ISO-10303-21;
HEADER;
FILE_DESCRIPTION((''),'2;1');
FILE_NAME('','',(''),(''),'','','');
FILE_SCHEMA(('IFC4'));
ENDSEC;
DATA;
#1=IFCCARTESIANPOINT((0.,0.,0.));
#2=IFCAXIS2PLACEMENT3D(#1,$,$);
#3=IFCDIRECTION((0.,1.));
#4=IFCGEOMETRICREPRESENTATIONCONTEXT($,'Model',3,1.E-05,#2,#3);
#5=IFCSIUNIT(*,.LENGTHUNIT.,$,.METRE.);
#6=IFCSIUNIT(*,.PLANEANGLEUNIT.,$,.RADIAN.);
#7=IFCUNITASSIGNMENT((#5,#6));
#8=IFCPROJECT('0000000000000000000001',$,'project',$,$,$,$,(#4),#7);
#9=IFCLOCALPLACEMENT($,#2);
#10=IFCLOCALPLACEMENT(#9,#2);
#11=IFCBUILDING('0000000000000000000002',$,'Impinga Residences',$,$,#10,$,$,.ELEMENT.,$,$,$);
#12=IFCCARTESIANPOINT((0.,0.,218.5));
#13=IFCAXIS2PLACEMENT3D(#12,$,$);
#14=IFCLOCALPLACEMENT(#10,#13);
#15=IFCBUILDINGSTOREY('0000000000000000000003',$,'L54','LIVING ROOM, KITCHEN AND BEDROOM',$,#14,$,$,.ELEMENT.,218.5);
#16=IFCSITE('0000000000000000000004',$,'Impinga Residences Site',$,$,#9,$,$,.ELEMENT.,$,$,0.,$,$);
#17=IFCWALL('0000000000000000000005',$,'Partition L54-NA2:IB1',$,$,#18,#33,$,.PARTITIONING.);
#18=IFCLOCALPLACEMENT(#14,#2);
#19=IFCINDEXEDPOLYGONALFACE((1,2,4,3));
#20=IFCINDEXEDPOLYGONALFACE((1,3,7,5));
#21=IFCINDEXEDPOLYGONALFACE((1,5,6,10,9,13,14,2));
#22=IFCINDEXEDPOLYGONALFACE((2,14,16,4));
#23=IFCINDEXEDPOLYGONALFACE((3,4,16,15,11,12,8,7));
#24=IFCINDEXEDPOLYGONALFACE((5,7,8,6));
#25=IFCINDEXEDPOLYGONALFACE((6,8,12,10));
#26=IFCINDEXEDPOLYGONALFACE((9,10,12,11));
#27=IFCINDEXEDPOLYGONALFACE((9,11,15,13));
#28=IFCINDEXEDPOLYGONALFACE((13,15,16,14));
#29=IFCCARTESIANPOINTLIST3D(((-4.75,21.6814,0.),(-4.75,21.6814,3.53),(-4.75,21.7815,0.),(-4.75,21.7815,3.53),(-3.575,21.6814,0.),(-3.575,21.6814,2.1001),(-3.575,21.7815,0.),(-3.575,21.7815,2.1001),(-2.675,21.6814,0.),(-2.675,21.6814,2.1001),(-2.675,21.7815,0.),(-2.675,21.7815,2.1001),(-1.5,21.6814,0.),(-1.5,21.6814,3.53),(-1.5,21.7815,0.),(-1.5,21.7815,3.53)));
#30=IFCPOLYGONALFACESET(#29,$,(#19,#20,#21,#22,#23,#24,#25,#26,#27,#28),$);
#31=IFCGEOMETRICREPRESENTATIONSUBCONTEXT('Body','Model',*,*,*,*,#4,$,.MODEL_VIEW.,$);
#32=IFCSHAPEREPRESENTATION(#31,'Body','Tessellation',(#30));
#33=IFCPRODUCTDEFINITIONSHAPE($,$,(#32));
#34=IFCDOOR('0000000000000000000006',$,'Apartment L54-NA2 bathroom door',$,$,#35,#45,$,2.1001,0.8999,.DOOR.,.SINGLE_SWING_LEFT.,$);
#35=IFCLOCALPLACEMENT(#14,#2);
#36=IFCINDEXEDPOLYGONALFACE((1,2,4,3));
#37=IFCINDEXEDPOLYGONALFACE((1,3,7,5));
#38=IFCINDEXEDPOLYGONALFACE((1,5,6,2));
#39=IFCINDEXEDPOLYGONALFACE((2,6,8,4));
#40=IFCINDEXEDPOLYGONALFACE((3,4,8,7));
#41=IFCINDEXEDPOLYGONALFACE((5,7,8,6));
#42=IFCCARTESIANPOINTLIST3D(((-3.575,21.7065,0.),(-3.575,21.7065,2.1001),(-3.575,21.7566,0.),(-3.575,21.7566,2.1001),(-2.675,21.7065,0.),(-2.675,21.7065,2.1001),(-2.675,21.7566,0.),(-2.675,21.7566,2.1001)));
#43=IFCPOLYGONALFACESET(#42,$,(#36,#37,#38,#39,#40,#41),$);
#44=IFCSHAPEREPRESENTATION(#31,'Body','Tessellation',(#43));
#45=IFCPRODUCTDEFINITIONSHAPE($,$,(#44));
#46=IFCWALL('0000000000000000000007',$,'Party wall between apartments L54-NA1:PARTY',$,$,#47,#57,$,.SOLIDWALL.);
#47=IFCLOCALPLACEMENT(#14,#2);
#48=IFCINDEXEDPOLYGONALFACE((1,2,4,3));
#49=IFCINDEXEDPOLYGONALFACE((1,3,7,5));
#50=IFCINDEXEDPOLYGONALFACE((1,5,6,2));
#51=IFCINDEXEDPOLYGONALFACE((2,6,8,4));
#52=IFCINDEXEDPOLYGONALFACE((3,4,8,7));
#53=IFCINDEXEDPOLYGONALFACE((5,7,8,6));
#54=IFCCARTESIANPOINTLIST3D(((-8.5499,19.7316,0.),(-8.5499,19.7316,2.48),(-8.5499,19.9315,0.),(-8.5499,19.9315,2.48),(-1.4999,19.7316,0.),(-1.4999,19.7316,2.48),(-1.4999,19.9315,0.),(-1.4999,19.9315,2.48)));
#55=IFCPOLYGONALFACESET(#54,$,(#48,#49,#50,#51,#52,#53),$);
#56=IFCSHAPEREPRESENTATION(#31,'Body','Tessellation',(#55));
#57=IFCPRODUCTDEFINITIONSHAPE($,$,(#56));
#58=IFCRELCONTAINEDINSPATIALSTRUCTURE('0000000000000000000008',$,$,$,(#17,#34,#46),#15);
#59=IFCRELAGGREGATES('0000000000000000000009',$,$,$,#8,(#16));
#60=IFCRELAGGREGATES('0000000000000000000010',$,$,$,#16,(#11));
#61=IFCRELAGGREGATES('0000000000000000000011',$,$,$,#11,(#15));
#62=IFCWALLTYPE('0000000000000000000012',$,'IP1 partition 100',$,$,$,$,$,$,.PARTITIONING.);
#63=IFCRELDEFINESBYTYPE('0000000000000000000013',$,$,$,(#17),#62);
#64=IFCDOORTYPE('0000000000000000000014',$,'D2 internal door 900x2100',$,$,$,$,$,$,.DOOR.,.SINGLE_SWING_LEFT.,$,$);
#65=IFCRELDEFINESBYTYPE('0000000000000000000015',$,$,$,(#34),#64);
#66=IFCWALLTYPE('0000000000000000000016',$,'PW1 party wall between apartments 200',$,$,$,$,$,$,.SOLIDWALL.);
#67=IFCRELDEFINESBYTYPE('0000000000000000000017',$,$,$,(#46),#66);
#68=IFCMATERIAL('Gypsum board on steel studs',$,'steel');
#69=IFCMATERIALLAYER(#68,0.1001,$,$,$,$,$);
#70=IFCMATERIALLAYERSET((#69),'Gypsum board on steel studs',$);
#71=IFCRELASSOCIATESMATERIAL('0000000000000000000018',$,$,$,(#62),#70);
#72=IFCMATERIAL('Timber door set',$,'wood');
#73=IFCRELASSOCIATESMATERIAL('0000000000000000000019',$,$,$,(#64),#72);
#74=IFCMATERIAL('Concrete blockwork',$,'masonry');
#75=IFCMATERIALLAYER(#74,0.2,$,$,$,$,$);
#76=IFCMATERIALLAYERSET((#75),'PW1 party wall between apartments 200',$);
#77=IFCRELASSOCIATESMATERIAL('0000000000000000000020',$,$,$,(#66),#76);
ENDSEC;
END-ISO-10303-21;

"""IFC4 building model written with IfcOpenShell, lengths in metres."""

from ifc_helpers import new_model, si_unit, direction, frame, frame_2d, origin, place, context, subcontext, project, spatial, rectangle, extrude, material, layer, layer_set, type_object, element, fill, save


model = new_model("IFC4")

# Units and contexts
model_context = context("Model", 3, precision=1e-05, world=origin(), true_north=direction((0.0, 1.0)))
body_context = subcontext(model_context, "Body", "Model", "MODEL_VIEW")
ifc_project = project(units=[si_unit("LENGTHUNIT", "METRE"), si_unit("PLANEANGLEUNIT", "RADIAN")], contexts=[model_context])

# Site, building, storey
site_placement = place(None, origin())
site = spatial("IfcSite", under=ifc_project, at=site_placement, Name="Impinga Residences Site", CompositionType="ELEMENT", RefElevation=0.0)
building_placement = place(site_placement, origin())
building = spatial("IfcBuilding", under=site, at=building_placement, Name="Impinga Residences", CompositionType="ELEMENT")
storey_placement = place(building_placement, frame((0.0, 0.0, 218.5)))
storey = spatial("IfcBuildingStorey", under=building, at=storey_placement, Name="L54", Description="LIVING ROOM, KITCHEN AND BEDROOM", CompositionType="ELEMENT", Elevation=218.5)

# Shared definitions
ifc_material_1 = material(Name="Concrete blockwork", Category="masonry")
ifc_material_2 = material(Name="Timber door set", Category="wood")

# Shared definitions
ifc_material_3 = material(Name="Gypsum board on steel studs", Category="steel")
ifc_layer_1 = layer(ifc_material_3, 0.1001)
ifc_layer_set_1 = layer_set([ifc_layer_1], Name="Gypsum board on steel studs")
wall_type_1 = type_object("IfcWallType", Name="IP1 partition 100", PredefinedType="PARTITIONING", material=ifc_layer_set_1)

# Shared definitions
door_type_1 = type_object("IfcDoorType", Name="D2 internal door 900x2100", OperationType="SINGLE_SWING_LEFT", PredefinedType="DOOR", material=ifc_material_2)

# Wall, opening, door
wall_1_placement = place(storey_placement, frame((-1.5, 21.7314, 0.0), z_axis=(0.0, 0.0, 1.0), x_axis=(-1.0, 0.0, 0.0)))
wall_1 = element("IfcWall", 1, at=wall_1_placement, inside=storey, type_object=wall_type_1, Name="Partition L54-NA2:IB1", PredefinedType="PARTITIONING", context=body_context, shape_type="SweptSolid", body=[
    extrude(rectangle(XDim=3.25, YDim=0.1001, at=frame_2d((1.625, 0.0))), origin(), (0.0, 0.0, 1.0), 3.53),
])
opening_1_placement = place(wall_1_placement, frame((1.175, 0.0, 0.0)))
opening_1 = element("IfcOpeningElement", 2, at=opening_1_placement, cuts=wall_1, PredefinedType="OPENING", context=body_context, shape_type="SweptSolid", body=[
    extrude(rectangle(XDim=0.8999, YDim=2.1001, at=frame_2d((0.45, 1.05))), frame((0.0, 0.0601, 0.0), z_axis=(0.0, -1.0, 0.0), x_axis=(1.0, 0.0, 0.0)), (0.0, 0.0, 1.0), 0.1201),
])
door_1_placement = place(opening_1_placement, origin())
door_1 = element("IfcDoor", 3, at=door_1_placement, inside=storey, type_object=door_type_1, Name="Apartment L54-NA2 bathroom door", OperationType="SINGLE_SWING_LEFT", OverallHeight=2.1001, OverallWidth=0.8999, PredefinedType="DOOR", context=body_context, shape_type="SweptSolid", body=[
    extrude(rectangle(XDim=0.8999, YDim=2.1001, at=frame_2d((0.45, 1.05))), frame((0.0, 0.0249, 0.0), z_axis=(0.0, -1.0, 0.0), x_axis=(1.0, 0.0, 0.0)), (0.0, 0.0, 1.0), 0.05),
])
fill(opening_1, door_1)

# Wall
ifc_layer_2 = layer(ifc_material_1, 0.2)
ifc_layer_set_2 = layer_set([ifc_layer_2], Name="PW1 party wall between apartments 200")
wall_type_2 = type_object("IfcWallType", Name="PW1 party wall between apartments 200", PredefinedType="SOLIDWALL", material=ifc_layer_set_2)
wall_2_placement = place(storey_placement, frame((-1.5, 19.8315, 0.0), z_axis=(0.0, 0.0, 1.0), x_axis=(-1.0, 0.0, 0.0)))
element("IfcWall", 4, at=wall_2_placement, inside=storey, type_object=wall_type_2, Name="Party wall between apartments L54-NA1:PARTY", PredefinedType="SOLIDWALL", context=body_context, shape_type="SweptSolid", body=[
    extrude(rectangle(XDim=7.05, YDim=0.2, at=frame_2d((3.5249, 0.0))), origin(), (0.0, 0.0, 1.0), 2.48),
])

save(model, "model.ifc")
